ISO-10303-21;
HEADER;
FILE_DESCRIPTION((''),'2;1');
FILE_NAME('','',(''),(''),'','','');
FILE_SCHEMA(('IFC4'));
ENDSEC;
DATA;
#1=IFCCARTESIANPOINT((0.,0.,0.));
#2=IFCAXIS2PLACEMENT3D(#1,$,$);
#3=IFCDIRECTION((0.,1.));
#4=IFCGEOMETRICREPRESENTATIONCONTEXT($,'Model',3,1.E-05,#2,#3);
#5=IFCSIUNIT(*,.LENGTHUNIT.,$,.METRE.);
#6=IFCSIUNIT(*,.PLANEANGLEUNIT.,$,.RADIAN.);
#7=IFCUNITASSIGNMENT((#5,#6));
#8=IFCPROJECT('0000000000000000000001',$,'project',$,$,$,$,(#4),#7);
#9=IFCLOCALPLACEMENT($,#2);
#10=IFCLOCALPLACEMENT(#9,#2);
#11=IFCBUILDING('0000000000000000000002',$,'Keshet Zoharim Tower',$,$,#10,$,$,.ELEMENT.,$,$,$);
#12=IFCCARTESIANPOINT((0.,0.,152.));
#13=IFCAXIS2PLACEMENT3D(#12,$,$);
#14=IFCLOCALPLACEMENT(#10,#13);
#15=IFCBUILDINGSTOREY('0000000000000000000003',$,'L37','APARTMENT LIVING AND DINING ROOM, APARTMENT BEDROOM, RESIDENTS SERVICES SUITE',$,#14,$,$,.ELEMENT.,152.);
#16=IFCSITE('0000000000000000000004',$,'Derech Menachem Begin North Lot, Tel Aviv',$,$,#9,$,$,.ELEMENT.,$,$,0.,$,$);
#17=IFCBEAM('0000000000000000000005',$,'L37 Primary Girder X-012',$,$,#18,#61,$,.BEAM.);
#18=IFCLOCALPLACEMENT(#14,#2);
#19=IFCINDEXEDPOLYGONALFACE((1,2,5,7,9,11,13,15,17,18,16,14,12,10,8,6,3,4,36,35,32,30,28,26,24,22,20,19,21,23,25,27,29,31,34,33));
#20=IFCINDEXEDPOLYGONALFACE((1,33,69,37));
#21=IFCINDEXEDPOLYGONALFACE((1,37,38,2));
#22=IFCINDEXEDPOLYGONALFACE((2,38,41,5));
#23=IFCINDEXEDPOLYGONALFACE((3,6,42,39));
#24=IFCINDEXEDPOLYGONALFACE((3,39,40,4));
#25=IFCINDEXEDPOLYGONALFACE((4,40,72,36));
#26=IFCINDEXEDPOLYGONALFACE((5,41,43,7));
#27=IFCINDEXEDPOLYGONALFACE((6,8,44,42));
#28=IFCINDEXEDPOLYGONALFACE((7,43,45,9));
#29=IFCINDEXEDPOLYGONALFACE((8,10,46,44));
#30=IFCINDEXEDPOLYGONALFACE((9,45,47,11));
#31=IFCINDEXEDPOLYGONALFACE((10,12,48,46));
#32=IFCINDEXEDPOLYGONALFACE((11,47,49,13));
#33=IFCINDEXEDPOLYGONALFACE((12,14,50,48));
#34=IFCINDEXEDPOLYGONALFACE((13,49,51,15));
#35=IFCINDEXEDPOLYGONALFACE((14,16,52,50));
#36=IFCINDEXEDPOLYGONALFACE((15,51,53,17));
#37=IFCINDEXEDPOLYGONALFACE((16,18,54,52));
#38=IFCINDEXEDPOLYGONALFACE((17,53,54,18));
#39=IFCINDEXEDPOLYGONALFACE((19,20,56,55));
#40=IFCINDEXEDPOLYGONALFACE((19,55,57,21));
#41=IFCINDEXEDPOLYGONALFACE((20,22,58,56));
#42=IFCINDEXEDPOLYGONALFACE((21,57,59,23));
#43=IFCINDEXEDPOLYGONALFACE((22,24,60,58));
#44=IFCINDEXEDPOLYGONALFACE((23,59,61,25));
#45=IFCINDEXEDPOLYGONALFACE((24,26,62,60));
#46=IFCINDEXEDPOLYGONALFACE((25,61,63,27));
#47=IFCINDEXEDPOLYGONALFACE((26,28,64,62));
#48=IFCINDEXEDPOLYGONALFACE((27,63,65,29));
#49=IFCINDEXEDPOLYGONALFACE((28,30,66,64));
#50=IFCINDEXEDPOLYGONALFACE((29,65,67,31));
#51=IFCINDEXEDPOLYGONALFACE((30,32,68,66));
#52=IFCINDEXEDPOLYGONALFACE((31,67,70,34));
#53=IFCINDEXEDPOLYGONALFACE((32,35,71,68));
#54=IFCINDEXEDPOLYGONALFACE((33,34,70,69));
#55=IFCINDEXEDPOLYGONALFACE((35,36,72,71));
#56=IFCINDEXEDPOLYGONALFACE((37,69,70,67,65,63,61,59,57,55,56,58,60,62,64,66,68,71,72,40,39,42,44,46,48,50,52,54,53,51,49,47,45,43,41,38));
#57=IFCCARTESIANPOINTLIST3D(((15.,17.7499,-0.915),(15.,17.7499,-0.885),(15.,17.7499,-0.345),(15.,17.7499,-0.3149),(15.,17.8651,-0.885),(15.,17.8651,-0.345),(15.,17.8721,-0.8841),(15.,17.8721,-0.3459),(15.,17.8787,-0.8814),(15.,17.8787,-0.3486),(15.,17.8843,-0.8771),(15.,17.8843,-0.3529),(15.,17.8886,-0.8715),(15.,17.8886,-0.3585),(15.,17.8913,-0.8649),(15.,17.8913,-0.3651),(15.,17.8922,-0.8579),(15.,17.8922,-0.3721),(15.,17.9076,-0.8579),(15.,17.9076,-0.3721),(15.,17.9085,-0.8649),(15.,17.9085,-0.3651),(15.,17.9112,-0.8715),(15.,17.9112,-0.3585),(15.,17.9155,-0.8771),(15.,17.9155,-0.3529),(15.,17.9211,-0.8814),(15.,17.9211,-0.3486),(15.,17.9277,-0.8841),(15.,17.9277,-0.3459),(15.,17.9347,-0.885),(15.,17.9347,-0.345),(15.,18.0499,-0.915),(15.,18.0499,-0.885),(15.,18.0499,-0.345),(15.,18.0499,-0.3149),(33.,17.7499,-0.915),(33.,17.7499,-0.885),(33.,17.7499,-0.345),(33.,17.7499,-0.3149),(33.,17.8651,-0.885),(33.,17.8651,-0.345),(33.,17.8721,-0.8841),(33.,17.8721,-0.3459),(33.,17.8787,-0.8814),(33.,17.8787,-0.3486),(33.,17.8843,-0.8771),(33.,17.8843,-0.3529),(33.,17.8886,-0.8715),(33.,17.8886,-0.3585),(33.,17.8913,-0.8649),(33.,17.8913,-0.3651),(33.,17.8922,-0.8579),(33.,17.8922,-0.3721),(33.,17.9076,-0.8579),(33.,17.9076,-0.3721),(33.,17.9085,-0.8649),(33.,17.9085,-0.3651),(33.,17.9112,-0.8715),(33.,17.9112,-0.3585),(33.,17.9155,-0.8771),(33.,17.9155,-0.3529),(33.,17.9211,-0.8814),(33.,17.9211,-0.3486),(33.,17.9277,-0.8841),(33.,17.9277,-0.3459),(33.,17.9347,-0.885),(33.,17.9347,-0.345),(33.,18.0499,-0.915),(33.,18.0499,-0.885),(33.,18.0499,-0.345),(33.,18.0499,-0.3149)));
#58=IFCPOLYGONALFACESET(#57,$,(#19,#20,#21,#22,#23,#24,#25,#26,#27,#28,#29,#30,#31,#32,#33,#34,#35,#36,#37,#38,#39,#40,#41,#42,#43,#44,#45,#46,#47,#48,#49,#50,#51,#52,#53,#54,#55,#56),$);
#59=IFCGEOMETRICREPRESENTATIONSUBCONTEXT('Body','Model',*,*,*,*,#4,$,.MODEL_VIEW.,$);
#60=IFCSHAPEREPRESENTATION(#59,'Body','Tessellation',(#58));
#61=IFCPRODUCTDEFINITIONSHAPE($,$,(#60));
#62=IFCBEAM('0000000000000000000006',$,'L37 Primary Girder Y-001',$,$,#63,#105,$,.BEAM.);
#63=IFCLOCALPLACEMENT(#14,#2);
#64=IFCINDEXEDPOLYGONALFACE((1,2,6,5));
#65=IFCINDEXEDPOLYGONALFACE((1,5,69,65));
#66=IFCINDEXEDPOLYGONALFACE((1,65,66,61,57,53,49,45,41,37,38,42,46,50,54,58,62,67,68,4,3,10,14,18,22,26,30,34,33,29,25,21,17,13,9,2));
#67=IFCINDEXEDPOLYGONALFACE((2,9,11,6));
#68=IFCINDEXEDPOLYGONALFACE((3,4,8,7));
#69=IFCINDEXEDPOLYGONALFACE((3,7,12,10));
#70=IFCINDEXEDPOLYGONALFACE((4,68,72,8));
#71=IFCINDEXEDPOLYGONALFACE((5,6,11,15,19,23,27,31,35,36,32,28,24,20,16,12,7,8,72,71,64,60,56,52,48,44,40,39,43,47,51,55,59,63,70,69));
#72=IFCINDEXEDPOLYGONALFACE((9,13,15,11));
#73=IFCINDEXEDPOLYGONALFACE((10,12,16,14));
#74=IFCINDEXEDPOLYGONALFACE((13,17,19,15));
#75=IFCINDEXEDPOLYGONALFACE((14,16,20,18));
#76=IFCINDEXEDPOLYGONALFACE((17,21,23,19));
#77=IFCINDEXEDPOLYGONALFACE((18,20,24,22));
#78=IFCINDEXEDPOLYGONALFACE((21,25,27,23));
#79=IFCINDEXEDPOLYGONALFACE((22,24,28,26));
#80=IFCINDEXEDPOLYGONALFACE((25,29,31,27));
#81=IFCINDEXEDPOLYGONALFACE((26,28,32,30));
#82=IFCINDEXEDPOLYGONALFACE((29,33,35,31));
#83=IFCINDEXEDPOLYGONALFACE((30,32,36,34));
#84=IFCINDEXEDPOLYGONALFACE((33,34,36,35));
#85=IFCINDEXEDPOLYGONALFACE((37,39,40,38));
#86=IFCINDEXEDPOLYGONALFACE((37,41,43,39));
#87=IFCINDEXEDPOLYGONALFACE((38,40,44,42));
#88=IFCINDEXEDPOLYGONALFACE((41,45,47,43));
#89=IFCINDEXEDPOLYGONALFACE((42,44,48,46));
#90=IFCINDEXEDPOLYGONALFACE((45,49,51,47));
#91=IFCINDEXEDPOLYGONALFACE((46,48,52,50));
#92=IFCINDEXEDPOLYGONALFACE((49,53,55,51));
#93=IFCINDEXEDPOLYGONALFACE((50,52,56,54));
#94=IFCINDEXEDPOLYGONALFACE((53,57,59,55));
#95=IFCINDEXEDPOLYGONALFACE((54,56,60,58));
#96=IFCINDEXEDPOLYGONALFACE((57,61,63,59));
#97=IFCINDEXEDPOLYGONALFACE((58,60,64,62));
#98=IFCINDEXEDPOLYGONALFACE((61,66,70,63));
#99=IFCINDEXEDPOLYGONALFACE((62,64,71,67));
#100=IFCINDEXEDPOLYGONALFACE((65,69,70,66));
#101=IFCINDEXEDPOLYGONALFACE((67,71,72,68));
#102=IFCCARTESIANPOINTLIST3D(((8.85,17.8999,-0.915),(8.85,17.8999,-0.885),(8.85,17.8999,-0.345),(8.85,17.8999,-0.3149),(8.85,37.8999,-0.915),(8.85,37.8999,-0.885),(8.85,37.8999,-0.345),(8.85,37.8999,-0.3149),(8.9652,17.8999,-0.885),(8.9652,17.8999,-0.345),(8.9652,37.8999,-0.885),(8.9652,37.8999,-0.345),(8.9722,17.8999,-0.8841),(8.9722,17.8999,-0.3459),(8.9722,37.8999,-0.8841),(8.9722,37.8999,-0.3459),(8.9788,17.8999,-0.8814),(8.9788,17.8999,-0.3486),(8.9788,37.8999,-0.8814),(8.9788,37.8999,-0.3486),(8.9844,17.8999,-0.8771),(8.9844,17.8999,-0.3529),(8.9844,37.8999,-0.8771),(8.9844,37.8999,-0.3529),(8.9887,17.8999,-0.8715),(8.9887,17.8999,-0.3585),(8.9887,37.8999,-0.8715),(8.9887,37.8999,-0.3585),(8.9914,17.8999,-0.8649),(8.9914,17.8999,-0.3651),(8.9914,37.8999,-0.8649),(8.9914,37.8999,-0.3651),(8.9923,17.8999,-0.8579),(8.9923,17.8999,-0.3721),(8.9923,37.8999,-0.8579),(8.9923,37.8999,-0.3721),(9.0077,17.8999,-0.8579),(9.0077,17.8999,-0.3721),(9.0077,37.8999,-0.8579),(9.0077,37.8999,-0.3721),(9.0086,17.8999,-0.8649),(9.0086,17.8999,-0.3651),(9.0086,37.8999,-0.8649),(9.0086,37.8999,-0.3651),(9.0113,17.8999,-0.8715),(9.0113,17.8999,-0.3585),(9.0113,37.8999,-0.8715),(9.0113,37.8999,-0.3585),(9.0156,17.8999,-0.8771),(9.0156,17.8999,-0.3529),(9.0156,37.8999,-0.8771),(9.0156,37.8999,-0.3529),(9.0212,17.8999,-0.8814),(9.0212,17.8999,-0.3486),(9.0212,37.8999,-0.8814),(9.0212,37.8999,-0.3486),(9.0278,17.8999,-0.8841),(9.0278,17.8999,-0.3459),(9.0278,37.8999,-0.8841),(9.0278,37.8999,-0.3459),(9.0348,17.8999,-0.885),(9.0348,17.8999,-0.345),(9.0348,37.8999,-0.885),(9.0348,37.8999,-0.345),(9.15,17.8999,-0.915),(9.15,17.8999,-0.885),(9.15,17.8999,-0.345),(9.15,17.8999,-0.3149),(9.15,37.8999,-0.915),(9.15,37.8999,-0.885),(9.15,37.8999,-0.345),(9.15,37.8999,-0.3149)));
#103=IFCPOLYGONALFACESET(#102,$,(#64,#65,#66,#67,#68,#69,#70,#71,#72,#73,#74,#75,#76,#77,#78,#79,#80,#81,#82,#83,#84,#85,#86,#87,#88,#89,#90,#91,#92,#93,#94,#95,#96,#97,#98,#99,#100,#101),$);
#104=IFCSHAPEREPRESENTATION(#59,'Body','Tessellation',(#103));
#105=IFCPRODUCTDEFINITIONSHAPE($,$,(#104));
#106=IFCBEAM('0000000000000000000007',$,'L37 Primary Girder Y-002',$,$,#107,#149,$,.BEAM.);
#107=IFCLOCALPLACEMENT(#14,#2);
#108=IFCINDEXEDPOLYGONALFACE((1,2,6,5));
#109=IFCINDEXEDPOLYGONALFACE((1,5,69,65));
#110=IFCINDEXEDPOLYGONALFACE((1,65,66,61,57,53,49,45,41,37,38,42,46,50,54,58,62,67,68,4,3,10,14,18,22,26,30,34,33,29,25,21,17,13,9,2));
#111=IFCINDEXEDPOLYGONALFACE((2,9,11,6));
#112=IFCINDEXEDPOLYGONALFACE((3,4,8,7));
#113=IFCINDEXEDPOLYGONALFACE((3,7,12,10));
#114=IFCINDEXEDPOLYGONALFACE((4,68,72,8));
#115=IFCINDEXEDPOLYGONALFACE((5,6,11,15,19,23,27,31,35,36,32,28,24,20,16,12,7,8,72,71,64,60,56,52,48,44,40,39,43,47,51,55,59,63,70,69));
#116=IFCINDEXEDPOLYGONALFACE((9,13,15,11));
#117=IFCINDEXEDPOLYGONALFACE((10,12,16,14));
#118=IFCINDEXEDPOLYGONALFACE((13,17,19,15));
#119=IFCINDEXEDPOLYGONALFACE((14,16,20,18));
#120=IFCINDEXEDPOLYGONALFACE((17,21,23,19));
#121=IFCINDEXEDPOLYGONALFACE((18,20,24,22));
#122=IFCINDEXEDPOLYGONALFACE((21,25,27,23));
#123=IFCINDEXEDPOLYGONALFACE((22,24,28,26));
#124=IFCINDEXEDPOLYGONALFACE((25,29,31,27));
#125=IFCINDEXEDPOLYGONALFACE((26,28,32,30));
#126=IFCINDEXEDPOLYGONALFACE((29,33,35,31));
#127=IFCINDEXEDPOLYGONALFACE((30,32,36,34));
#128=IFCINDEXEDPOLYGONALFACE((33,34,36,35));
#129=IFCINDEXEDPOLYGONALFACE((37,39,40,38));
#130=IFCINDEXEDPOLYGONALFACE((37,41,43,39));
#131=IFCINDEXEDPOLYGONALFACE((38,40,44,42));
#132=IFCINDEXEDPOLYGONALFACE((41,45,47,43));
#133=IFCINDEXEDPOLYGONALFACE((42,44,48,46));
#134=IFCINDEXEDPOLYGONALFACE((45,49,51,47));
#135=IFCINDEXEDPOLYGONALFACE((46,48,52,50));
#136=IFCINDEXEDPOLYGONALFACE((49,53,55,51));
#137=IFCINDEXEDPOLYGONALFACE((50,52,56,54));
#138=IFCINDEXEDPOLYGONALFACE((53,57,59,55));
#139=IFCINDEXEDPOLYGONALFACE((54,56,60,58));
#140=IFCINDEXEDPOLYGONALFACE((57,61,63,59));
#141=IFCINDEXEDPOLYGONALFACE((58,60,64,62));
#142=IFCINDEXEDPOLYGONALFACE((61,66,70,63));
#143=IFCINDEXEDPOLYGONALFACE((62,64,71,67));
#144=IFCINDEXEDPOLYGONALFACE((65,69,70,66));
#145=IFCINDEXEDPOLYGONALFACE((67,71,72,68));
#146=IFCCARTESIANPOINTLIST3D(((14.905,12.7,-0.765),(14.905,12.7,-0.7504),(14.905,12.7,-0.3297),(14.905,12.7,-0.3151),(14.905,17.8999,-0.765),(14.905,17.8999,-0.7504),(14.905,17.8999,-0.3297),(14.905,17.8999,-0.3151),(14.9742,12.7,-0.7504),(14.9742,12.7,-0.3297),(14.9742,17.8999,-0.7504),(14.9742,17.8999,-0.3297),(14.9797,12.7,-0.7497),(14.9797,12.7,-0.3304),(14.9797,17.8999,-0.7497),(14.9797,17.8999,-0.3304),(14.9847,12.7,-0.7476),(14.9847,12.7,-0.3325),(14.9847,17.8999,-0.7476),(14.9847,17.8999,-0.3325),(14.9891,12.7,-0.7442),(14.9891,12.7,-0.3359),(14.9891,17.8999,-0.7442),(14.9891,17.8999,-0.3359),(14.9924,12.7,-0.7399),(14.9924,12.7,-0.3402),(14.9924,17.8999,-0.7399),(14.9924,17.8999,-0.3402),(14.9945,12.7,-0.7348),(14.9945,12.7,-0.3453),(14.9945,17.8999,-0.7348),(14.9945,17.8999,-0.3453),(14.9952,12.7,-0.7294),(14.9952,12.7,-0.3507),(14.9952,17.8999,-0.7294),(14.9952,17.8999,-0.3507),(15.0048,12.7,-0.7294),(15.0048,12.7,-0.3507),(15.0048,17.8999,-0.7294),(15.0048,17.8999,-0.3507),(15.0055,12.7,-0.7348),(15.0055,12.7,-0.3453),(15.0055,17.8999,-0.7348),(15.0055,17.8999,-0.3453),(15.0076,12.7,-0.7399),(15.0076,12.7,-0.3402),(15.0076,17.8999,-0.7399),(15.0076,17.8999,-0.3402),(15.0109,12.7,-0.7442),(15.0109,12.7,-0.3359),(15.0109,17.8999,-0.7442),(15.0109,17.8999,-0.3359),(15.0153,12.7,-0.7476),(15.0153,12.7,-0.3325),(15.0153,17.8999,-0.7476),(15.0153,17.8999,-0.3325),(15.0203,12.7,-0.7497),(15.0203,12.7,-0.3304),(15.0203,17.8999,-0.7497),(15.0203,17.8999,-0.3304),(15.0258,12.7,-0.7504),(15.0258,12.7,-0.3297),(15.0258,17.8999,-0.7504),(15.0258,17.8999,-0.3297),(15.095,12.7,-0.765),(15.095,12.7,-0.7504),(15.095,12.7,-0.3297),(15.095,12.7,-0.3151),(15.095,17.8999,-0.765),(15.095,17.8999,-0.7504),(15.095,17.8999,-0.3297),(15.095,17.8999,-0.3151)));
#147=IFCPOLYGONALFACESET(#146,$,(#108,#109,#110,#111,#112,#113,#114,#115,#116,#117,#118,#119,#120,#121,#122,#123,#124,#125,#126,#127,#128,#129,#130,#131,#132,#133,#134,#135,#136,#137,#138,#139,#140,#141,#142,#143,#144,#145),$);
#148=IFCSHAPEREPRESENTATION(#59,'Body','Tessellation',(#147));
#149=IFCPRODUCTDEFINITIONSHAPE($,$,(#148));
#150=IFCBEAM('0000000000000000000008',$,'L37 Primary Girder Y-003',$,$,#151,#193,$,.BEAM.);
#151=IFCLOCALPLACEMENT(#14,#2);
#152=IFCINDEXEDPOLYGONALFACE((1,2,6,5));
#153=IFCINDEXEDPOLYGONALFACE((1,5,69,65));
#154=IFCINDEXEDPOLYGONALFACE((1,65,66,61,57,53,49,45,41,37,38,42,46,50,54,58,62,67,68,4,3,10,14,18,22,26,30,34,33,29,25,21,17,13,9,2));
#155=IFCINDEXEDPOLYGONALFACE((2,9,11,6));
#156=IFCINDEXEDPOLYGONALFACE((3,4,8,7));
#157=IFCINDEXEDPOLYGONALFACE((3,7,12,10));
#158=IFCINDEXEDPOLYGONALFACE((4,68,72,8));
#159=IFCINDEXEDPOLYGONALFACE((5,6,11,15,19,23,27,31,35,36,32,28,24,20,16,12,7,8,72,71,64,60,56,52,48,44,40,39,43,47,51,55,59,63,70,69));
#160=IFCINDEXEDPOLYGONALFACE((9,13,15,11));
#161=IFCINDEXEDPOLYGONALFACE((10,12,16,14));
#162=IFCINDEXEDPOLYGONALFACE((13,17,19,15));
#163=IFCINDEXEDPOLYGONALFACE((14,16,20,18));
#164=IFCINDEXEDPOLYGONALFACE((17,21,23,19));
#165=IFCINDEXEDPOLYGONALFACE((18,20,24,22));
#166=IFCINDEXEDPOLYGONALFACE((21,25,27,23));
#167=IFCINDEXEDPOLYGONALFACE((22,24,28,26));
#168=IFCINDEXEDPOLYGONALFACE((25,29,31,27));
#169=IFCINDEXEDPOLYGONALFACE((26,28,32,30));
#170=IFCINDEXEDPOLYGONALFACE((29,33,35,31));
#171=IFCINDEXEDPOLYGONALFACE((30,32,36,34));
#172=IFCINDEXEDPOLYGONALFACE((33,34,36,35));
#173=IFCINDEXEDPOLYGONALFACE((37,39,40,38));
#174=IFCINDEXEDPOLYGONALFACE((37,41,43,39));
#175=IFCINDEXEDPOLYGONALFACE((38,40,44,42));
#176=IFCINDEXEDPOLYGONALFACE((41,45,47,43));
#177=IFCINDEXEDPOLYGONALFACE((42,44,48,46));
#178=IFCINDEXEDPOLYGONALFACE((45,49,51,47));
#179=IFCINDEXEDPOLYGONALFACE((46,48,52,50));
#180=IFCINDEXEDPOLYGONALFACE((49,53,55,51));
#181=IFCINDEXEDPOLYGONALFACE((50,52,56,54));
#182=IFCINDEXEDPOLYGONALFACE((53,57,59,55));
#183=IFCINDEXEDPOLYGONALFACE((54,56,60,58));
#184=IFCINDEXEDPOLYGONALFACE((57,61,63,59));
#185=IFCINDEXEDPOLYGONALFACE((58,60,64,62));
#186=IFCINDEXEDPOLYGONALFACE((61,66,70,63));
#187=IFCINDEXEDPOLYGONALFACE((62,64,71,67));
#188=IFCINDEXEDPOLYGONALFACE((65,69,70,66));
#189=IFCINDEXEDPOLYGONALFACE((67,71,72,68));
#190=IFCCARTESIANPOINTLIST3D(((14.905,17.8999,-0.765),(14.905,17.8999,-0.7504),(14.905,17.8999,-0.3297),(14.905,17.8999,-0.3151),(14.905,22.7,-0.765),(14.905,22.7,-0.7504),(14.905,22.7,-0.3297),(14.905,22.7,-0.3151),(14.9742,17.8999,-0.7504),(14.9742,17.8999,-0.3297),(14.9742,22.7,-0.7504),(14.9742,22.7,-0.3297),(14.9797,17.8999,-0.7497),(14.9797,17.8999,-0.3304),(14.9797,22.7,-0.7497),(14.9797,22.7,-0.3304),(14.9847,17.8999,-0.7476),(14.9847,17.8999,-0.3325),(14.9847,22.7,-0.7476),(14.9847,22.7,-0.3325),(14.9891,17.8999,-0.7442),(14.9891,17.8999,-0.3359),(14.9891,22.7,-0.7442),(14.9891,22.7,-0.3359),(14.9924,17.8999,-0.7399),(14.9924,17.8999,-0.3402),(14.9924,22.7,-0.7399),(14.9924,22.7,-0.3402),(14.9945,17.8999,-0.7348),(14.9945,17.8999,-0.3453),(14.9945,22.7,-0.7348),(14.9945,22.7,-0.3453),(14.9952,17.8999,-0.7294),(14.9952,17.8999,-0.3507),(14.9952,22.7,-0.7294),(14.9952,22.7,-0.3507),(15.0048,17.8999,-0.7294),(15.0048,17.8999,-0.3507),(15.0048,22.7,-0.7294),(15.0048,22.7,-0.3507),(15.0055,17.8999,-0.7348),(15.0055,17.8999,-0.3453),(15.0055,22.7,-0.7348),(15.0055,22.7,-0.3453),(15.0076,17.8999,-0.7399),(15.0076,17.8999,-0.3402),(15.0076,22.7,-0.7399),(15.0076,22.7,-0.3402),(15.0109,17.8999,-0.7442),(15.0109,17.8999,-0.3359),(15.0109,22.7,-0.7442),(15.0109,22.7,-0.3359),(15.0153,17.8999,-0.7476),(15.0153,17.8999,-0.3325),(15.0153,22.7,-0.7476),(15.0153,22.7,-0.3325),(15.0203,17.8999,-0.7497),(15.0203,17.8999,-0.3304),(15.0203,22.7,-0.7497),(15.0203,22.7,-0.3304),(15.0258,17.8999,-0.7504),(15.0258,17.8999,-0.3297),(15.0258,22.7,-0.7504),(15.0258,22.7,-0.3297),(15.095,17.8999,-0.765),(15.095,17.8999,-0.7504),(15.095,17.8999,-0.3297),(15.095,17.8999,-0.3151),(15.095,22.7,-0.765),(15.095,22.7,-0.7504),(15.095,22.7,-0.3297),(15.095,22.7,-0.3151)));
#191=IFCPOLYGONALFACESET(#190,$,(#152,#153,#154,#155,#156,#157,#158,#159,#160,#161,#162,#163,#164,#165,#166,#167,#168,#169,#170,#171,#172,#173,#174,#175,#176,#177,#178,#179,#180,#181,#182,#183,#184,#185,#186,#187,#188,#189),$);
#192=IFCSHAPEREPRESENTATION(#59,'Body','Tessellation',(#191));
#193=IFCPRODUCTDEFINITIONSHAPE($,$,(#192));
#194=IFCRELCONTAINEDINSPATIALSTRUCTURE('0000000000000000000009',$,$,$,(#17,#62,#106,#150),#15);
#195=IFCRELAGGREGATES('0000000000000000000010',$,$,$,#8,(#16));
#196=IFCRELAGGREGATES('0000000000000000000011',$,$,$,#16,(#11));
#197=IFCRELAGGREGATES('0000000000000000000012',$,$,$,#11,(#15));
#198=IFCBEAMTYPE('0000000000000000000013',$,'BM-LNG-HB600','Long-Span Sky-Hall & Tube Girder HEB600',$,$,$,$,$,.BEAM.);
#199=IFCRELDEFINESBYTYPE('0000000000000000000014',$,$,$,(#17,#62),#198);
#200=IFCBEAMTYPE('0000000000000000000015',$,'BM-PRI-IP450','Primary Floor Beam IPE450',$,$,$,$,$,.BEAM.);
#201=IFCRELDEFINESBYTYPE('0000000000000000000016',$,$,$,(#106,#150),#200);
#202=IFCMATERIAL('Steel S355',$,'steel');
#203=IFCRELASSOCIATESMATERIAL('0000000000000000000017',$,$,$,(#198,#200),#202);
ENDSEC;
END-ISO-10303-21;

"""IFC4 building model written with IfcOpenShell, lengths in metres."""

from ifc_helpers import new_model, si_unit, direction, frame, origin, origin_2d, place, context, subcontext, project, spatial, i_section, extrude, material, material_profile, profile_set, type_object, element, save


model = new_model("IFC4")

# Units and contexts
model_context = context("Model", 3, precision=1e-05, world=origin(), true_north=direction((0.0, 1.0)))
body_context = subcontext(model_context, "Body", "Model", "MODEL_VIEW")
ifc_project = project(units=[si_unit("LENGTHUNIT", "METRE"), si_unit("PLANEANGLEUNIT", "RADIAN")], contexts=[model_context])

# Site, building, storey
site_placement = place(None, origin())
site = spatial("IfcSite", under=ifc_project, at=site_placement, Name="Derech Menachem Begin North Lot, Tel Aviv", CompositionType="ELEMENT", RefElevation=0.0)
building_placement = place(site_placement, origin())
building = spatial("IfcBuilding", under=site, at=building_placement, Name="Keshet Zoharim Tower", CompositionType="ELEMENT")
storey_placement = place(building_placement, frame((0.0, 0.0, 152.0)))
storey = spatial("IfcBuildingStorey", under=building, at=storey_placement, Name="L37", Description="APARTMENT LIVING AND DINING ROOM, APARTMENT BEDROOM, RESIDENTS SERVICES SUITE", CompositionType="ELEMENT", Elevation=152.0)

# Shared definitions
ifc_material_1 = material(Name="Steel S355", Category="steel")

# Beams
ifc_material_profile_1 = material_profile(ifc_material_1, i_section(OverallWidth=0.3, OverallDepth=0.6001, WebThickness=0.0154, FlangeThickness=0.03, FilletRadius=0.0271, at=origin_2d()), Name="HEB600")
ifc_profile_set_1 = profile_set([ifc_material_profile_1], Name="Steel S355")
beam_type_1 = type_object("IfcBeamType", Name="BM-LNG-HB600", Description="Long-Span Sky-Hall & Tube Girder HEB600", PredefinedType="BEAM", material=ifc_profile_set_1)
for number, where, z_axis, x_axis, name in (
    (1, (15.0, 17.8999, -0.615), (1.0, 0.0, 0.0), (0.0, 1.0, 0.0), "L37 Primary Girder X-012"),
):
    element("IfcBeam", number, at=place(storey_placement, frame(where, z_axis=z_axis, x_axis=x_axis)), inside=storey, type_object=beam_type_1, Name=name, PredefinedType="BEAM", context=body_context, shape_type="SweptSolid", body=[
        extrude(i_section(OverallWidth=0.3, OverallDepth=0.6001, WebThickness=0.0154, FlangeThickness=0.03, FilletRadius=0.0271, at=origin_2d()), origin(), (0.0, 0.0, 1.0), 18.0),
    ])
beam_1_placement = place(storey_placement, frame((9.0, 17.8999, -0.615), z_axis=(0.0, 1.0, 0.0), x_axis=(-1.0, 0.0, 0.0)))
element("IfcBeam", 2, at=beam_1_placement, inside=storey, type_object=beam_type_1, Name="L37 Primary Girder Y-001", PredefinedType="BEAM", context=body_context, shape_type="SweptSolid", body=[
    extrude(i_section(OverallWidth=0.3, OverallDepth=0.6001, WebThickness=0.0154, FlangeThickness=0.03, FilletRadius=0.0271, at=origin_2d()), origin(), (0.0, 0.0, 1.0), 20.0),
])
ifc_material_profile_2 = material_profile(ifc_material_1, i_section(OverallWidth=0.1899, OverallDepth=0.45, WebThickness=0.0095, FlangeThickness=0.0146, FilletRadius=0.021, at=origin_2d()), Name="IPE450")
ifc_profile_set_2 = profile_set([ifc_material_profile_2], Name="Steel S355")
beam_type_2 = type_object("IfcBeamType", Name="BM-PRI-IP450", Description="Primary Floor Beam IPE450", PredefinedType="BEAM", material=ifc_profile_set_2)
beam_2_placement = place(storey_placement, frame((15.0, 12.7, -0.54), z_axis=(0.0, 1.0, 0.0), x_axis=(-1.0, 0.0, 0.0)))
element("IfcBeam", 3, at=beam_2_placement, inside=storey, type_object=beam_type_2, Name="L37 Primary Girder Y-002", PredefinedType="BEAM", context=body_context, shape_type="SweptSolid", body=[
    extrude(i_section(OverallWidth=0.1899, OverallDepth=0.45, WebThickness=0.0095, FlangeThickness=0.0146, FilletRadius=0.021, at=origin_2d()), origin(), (0.0, 0.0, 1.0), 5.2),
])
beam_3_placement = place(storey_placement, frame((15.0, 17.8999, -0.54), z_axis=(0.0, 1.0, 0.0), x_axis=(-1.0, 0.0, 0.0)))
element("IfcBeam", 4, at=beam_3_placement, inside=storey, type_object=beam_type_2, Name="L37 Primary Girder Y-003", PredefinedType="BEAM", context=body_context, shape_type="SweptSolid", body=[
    extrude(i_section(OverallWidth=0.1899, OverallDepth=0.45, WebThickness=0.0095, FlangeThickness=0.0146, FilletRadius=0.021, at=origin_2d()), origin(), (0.0, 0.0, 1.0), 4.8),
])

save(model, "model.ifc")
